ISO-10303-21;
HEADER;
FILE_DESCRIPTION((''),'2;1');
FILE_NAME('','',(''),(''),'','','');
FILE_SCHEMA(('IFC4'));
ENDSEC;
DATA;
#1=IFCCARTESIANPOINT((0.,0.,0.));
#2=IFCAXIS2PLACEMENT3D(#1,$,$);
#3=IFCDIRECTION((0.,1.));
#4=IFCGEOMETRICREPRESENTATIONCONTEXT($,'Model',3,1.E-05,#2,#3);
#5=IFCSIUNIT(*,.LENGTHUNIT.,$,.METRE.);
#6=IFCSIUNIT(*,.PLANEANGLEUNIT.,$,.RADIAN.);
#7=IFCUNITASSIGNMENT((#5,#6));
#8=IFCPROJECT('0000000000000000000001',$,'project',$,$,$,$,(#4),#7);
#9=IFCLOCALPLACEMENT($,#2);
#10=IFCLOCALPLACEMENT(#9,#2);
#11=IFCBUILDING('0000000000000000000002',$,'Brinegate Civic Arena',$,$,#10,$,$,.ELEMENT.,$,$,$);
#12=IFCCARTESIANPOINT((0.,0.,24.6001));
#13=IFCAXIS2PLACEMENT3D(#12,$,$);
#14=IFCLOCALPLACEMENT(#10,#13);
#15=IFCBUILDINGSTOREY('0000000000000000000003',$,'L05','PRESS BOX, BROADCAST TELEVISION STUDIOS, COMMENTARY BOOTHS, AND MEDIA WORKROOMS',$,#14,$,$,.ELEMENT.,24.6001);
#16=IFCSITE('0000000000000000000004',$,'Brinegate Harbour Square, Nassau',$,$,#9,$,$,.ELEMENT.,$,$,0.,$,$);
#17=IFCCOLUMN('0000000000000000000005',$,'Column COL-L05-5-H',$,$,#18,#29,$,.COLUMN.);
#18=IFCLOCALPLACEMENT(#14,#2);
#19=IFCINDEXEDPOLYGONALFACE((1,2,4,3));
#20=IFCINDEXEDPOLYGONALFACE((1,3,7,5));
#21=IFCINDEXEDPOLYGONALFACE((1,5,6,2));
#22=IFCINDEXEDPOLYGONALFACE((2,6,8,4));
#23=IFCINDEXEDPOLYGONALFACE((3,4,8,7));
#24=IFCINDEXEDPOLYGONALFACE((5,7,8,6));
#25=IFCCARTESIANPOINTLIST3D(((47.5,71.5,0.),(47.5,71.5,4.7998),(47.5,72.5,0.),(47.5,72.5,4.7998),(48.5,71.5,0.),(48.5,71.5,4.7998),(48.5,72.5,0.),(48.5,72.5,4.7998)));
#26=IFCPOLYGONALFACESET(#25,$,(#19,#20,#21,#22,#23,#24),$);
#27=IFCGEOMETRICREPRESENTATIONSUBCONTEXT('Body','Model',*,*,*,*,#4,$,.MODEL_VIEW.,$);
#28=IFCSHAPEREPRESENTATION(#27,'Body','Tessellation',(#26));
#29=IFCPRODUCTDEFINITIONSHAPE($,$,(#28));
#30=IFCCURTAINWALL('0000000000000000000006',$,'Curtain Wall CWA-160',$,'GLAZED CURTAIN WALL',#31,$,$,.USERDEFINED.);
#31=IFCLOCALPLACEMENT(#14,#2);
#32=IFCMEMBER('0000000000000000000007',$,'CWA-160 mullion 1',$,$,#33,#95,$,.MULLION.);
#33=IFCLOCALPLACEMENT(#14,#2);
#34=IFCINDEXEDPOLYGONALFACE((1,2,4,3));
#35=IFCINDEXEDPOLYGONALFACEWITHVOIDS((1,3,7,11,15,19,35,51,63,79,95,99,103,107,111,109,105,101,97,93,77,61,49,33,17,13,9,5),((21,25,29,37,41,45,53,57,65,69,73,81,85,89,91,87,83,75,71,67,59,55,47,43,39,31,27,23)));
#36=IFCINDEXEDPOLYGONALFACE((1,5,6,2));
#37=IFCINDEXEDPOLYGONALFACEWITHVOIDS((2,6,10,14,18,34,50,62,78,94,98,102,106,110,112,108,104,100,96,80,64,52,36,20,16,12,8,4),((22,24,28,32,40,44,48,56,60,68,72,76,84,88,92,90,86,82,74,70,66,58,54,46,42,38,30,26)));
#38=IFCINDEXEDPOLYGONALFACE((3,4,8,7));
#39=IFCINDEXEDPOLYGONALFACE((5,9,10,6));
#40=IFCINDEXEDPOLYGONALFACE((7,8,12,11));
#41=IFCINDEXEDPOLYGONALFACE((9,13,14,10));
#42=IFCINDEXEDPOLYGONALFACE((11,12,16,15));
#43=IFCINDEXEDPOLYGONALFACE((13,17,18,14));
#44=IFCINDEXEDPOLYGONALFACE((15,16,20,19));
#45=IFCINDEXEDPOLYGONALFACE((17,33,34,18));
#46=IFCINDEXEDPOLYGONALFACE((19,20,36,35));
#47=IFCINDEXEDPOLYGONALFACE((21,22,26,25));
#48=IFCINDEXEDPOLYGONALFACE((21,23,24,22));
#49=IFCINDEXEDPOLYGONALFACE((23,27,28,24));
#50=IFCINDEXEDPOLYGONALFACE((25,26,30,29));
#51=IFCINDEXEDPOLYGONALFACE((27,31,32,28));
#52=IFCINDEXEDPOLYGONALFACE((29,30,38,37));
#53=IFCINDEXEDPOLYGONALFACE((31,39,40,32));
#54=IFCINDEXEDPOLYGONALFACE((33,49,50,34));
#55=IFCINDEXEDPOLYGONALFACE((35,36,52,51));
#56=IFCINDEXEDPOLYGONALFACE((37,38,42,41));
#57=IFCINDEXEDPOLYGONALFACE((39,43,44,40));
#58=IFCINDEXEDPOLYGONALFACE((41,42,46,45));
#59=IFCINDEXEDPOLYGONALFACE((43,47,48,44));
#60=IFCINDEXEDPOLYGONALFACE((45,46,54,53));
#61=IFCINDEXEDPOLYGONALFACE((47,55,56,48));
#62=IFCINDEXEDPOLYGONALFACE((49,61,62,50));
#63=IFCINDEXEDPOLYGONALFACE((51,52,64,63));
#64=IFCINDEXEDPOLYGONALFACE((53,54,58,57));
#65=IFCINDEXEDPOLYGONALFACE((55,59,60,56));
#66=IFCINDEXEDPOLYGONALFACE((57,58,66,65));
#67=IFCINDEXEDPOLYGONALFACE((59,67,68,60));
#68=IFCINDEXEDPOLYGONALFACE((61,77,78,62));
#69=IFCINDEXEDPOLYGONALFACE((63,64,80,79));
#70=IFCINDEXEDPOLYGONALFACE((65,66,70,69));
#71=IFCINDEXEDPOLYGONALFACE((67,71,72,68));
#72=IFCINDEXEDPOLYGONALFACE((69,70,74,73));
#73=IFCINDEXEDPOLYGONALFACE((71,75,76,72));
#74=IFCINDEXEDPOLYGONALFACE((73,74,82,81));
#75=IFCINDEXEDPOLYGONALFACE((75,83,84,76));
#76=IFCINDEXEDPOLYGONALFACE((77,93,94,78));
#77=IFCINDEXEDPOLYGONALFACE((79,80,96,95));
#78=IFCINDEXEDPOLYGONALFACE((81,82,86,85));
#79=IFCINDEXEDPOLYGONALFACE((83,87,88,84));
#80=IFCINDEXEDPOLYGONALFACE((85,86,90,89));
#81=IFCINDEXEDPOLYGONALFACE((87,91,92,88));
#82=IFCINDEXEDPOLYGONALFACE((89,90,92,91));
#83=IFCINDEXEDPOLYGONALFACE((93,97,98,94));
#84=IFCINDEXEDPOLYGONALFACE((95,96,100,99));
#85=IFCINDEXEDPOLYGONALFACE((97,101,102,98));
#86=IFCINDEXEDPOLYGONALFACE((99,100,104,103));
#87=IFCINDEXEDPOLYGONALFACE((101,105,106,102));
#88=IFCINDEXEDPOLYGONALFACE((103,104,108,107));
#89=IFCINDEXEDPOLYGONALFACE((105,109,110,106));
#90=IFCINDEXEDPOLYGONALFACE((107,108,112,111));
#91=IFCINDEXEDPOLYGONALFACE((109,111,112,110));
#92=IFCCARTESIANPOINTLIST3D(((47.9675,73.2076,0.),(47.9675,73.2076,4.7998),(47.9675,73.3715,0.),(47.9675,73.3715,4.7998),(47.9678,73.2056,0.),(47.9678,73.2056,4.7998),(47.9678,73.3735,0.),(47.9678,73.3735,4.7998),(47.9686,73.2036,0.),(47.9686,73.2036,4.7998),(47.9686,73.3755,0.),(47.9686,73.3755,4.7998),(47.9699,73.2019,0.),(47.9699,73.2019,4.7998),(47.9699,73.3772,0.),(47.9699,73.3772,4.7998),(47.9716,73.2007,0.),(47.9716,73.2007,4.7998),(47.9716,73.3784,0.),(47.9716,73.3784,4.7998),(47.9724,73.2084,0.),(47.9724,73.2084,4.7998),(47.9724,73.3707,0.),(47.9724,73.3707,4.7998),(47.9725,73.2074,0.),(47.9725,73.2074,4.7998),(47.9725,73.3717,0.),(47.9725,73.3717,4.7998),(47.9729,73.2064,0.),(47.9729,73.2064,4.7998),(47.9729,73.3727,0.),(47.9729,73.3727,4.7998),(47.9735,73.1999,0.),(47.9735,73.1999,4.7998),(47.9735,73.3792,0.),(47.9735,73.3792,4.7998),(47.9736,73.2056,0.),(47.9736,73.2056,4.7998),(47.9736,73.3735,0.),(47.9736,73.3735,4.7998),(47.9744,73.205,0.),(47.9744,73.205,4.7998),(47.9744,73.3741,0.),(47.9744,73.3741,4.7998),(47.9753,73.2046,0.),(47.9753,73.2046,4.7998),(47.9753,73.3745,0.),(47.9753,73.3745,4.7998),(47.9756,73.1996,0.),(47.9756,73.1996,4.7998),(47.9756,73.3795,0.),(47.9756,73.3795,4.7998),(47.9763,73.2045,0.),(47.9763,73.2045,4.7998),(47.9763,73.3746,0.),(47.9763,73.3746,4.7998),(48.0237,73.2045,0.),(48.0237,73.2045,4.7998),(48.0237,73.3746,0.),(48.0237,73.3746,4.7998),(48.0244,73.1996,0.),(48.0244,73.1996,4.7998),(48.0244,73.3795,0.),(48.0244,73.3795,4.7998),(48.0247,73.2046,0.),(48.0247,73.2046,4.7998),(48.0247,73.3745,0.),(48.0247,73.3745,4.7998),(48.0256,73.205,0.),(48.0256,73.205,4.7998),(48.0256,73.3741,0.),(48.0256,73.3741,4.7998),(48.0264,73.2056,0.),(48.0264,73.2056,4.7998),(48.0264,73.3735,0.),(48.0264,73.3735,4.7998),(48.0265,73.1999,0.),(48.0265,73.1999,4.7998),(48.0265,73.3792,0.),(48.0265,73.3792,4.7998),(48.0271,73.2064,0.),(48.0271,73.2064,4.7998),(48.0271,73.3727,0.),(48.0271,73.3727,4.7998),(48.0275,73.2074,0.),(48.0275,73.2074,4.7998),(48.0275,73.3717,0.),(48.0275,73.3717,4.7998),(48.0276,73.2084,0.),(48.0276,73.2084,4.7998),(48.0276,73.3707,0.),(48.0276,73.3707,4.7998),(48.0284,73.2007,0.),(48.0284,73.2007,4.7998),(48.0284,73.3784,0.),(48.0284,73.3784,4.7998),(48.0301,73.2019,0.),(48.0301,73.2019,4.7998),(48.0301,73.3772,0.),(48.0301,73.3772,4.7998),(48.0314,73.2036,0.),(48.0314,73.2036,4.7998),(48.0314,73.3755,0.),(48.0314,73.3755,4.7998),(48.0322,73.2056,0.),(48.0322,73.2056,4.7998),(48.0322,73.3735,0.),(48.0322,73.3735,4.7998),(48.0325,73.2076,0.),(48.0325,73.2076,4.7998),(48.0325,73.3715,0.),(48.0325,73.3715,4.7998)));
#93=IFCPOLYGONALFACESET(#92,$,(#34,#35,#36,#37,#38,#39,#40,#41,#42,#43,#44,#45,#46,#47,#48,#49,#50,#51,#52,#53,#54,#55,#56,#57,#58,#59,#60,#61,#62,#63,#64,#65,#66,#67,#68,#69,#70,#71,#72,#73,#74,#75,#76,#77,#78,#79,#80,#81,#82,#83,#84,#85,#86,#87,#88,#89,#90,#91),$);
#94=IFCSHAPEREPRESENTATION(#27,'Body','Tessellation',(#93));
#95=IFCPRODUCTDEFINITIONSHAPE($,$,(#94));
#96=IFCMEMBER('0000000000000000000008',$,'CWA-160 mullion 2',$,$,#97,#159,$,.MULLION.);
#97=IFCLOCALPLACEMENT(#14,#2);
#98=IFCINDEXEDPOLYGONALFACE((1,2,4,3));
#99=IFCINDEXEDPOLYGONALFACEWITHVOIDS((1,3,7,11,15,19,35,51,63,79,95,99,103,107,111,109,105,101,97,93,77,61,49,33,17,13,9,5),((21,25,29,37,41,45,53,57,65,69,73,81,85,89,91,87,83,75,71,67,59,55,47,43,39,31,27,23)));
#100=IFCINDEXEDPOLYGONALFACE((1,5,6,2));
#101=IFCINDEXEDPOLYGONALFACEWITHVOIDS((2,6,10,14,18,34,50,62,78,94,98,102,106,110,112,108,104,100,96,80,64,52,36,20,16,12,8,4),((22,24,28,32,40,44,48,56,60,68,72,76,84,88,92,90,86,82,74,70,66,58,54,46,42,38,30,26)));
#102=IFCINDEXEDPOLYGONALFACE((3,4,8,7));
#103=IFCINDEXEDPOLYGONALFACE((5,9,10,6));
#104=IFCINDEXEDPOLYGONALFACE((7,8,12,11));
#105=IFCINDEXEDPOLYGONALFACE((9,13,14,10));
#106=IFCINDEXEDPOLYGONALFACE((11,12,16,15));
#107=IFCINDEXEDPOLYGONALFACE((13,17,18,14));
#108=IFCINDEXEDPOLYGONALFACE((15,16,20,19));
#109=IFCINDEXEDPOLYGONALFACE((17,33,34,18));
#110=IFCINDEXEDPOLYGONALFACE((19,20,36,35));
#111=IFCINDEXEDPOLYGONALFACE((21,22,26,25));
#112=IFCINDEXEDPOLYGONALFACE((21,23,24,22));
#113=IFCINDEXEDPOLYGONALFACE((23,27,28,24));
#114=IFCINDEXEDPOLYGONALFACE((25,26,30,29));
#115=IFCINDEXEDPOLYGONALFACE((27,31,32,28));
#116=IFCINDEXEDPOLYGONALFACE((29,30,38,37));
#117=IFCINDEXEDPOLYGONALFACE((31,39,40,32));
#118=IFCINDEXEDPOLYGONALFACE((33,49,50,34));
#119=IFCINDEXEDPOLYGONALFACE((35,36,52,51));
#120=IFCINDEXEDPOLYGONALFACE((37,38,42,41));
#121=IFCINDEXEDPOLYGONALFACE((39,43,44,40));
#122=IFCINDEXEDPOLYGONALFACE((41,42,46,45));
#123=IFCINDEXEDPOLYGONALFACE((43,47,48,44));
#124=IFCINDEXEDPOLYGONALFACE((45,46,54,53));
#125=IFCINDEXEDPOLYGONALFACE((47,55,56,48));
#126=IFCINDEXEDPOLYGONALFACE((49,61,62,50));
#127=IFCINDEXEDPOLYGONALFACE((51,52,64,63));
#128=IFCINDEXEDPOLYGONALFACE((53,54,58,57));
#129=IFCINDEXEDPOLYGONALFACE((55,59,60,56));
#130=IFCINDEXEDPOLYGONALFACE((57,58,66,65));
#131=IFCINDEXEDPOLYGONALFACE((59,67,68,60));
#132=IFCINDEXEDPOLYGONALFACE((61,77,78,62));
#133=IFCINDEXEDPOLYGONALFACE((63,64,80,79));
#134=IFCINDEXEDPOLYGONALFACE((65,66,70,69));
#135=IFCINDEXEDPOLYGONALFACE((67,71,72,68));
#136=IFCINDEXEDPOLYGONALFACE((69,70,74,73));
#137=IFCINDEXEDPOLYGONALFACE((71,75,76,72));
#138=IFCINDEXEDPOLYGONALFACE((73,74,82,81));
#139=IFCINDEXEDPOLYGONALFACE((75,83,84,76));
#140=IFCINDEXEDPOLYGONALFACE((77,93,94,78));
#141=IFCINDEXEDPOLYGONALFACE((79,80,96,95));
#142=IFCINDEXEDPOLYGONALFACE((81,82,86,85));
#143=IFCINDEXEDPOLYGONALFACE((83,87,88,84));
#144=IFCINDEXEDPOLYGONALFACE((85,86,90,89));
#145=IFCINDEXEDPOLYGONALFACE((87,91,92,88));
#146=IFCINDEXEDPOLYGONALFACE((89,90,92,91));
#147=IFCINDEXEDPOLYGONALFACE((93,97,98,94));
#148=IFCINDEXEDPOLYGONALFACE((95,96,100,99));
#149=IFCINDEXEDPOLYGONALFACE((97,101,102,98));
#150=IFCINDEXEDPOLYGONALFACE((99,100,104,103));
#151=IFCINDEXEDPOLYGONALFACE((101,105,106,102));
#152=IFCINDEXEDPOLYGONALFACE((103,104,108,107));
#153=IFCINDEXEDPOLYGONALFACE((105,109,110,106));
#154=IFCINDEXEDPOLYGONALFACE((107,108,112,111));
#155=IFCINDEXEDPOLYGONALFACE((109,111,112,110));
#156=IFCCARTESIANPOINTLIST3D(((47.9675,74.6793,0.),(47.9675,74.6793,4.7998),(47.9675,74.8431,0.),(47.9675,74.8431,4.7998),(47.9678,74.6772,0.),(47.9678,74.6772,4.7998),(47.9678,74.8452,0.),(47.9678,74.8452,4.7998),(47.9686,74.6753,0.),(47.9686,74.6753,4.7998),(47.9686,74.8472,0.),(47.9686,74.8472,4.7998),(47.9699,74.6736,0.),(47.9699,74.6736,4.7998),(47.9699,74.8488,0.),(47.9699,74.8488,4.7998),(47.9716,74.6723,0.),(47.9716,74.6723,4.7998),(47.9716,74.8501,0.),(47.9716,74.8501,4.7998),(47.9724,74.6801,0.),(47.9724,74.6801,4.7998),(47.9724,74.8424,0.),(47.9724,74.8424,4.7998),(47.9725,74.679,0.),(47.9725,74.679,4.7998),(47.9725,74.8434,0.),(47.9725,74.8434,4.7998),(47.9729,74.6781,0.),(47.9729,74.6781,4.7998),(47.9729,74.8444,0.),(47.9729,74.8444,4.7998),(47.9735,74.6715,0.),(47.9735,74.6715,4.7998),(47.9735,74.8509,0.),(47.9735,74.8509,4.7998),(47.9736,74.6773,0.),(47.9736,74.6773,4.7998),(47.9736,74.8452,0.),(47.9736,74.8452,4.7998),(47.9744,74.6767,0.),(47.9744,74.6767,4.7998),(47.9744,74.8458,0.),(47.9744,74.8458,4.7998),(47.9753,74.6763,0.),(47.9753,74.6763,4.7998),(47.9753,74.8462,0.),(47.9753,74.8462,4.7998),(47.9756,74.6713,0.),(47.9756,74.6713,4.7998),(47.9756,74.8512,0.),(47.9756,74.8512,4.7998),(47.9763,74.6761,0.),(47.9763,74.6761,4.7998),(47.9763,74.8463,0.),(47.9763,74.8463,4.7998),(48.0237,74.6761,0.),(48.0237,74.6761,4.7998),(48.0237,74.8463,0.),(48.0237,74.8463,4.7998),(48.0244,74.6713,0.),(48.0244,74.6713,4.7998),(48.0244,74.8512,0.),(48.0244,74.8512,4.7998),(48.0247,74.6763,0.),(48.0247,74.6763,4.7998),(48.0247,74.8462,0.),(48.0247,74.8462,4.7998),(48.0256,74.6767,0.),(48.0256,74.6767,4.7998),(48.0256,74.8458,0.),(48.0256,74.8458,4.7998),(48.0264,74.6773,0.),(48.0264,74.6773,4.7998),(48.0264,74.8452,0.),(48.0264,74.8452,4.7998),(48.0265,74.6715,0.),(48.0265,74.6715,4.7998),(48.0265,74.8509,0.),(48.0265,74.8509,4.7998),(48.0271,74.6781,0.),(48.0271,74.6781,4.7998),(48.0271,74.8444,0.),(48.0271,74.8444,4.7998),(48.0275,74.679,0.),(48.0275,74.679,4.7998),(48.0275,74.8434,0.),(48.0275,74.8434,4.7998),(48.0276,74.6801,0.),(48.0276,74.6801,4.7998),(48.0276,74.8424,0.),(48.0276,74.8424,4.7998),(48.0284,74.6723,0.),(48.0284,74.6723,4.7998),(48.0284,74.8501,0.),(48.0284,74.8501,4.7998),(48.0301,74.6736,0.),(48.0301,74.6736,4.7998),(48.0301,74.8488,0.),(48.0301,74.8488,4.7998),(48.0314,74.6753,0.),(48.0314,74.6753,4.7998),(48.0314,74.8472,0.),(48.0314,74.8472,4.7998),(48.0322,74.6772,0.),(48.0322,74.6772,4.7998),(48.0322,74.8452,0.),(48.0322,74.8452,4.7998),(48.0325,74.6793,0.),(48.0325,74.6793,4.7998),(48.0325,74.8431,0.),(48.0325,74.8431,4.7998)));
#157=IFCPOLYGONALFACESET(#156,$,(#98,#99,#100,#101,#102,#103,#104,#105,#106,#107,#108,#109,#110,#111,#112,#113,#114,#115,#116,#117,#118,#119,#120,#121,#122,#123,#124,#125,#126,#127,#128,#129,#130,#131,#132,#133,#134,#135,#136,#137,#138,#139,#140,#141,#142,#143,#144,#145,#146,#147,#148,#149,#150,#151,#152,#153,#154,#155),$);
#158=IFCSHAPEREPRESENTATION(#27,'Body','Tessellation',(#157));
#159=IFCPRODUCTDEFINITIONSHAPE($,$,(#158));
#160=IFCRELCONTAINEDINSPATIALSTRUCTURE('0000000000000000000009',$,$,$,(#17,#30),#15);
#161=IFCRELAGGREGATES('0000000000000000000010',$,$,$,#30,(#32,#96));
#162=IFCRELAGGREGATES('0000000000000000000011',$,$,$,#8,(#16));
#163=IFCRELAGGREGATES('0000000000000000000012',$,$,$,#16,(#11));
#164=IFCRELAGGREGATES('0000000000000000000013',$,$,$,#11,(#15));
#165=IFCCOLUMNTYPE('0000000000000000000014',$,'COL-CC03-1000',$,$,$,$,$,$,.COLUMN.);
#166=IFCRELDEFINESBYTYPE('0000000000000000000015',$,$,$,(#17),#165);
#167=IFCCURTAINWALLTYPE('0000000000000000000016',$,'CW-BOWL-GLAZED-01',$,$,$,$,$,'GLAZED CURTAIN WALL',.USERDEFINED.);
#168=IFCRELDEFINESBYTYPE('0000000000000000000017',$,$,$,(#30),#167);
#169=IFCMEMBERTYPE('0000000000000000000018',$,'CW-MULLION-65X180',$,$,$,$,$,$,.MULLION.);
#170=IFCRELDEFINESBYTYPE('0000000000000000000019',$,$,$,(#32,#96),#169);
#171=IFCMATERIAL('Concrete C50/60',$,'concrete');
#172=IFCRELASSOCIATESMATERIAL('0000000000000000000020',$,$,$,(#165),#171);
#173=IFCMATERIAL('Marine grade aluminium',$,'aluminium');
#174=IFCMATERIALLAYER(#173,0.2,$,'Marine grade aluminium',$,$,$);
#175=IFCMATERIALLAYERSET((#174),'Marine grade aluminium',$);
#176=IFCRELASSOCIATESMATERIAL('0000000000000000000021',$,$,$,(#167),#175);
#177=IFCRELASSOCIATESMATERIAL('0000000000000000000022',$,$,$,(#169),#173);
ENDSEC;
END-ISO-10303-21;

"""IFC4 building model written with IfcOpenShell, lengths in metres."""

from ifc_helpers import new_model, si_unit, direction, frame, origin, origin_2d, place, context, subcontext, project, spatial, rectangle, hollow_rectangle, extrude, material, layer, layer_set, material_profile, profile_set, type_object, element, aggregate, save


model = new_model("IFC4")

# Units and contexts
model_context = context("Model", 3, precision=1e-05, world=origin(), true_north=direction((0.0, 1.0)))
body_context = subcontext(model_context, "Body", "Model", "MODEL_VIEW")
ifc_project = project(units=[si_unit("LENGTHUNIT", "METRE"), si_unit("PLANEANGLEUNIT", "RADIAN")], contexts=[model_context])

# Site, building, storey
site_placement = place(None, origin())
site = spatial("IfcSite", under=ifc_project, at=site_placement, Name="Brinegate Harbour Square, Nassau", CompositionType="ELEMENT", RefElevation=0.0)
building_placement = place(site_placement, origin())
building = spatial("IfcBuilding", under=site, at=building_placement, Name="Brinegate Civic Arena", CompositionType="ELEMENT")
storey_placement = place(building_placement, frame((0.0, 0.0, 24.6001)))
storey = spatial("IfcBuildingStorey", under=building, at=storey_placement, Name="L05", Description="PRESS BOX, BROADCAST TELEVISION STUDIOS, COMMENTARY BOOTHS, AND MEDIA WORKROOMS", CompositionType="ELEMENT", Elevation=24.6001)

# Column
ifc_material_1 = material(Name="Concrete C50/60", Category="concrete")
ifc_material_profile_1 = material_profile(ifc_material_1, rectangle(XDim=1.0, YDim=1.0, at=origin_2d()), Name="RC1000X1000")
ifc_profile_set_1 = profile_set([ifc_material_profile_1], Name="Concrete C50/60")
column_type = type_object("IfcColumnType", Name="COL-CC03-1000", PredefinedType="COLUMN", material=ifc_profile_set_1)
column_placement = place(storey_placement, frame((48.0, 72.0, 0.0), z_axis=(0.0, 0.0, 1.0), x_axis=(1.0, 0.0, 0.0)))
element("IfcColumn", 1, at=column_placement, inside=storey, type_object=column_type, Name="Column COL-L05-5-H", PredefinedType="COLUMN", context=body_context, shape_type="SweptSolid", body=[
    extrude(rectangle(XDim=1.0, YDim=1.0, at=origin_2d()), origin(), (0.0, 0.0, 1.0), 4.7998),
])

# Curtain wall, members
ifc_material_2 = material(Name="Marine grade aluminium", Category="aluminium")
ifc_layer_1 = layer(ifc_material_2, 0.2, Name="Marine grade aluminium")
ifc_layer_set_1 = layer_set([ifc_layer_1], Name="Marine grade aluminium")
curtain_wall_type = type_object("IfcCurtainWallType", Name="CW-BOWL-GLAZED-01", ElementType="GLAZED CURTAIN WALL", PredefinedType="USERDEFINED", material=ifc_layer_set_1)
curtain_wall_1_placement = place(storey_placement, origin())
curtain_wall_1 = element("IfcCurtainWall", 2, at=curtain_wall_1_placement, inside=storey, type_object=curtain_wall_type, Name="Curtain Wall CWA-160", ObjectType="GLAZED CURTAIN WALL", PredefinedType="USERDEFINED")
ifc_material_profile_2 = material_profile(ifc_material_2, hollow_rectangle(XDim=0.0649, YDim=0.1799, WallThickness=0.0049, InnerFilletRadius=0.0039, OuterFilletRadius=0.0081, at=origin_2d()), Name="MUL65X180")
ifc_profile_set_2 = profile_set([ifc_material_profile_2], Name="Marine grade aluminium")
member_type_1 = type_object("IfcMemberType", Name="CW-MULLION-65X180", PredefinedType="MULLION", material=ifc_profile_set_2)
member_1_placement = place(storey_placement, frame((48.0, 73.2896, 0.0), z_axis=(0.0, 0.0, 1.0), x_axis=(-1.0, 0.0, 0.0)))
member_1 = element("IfcMember", 3, at=member_1_placement, type_object=member_type_1, Name="CWA-160 mullion 1", PredefinedType="MULLION", context=body_context, shape_type="SweptSolid", body=[
    extrude(hollow_rectangle(XDim=0.0649, YDim=0.1799, WallThickness=0.0049, InnerFilletRadius=0.0039, OuterFilletRadius=0.0081, at=origin_2d()), origin(), (0.0, 0.0, 1.0), 4.7998),
])
member_2_placement = place(storey_placement, frame((48.0, 74.7612, 0.0), z_axis=(0.0, 0.0, 1.0), x_axis=(-1.0, 0.0, 0.0)))
member_2 = element("IfcMember", 4, at=member_2_placement, type_object=member_type_1, Name="CWA-160 mullion 2", PredefinedType="MULLION", context=body_context, shape_type="SweptSolid", body=[
    extrude(hollow_rectangle(XDim=0.0649, YDim=0.1799, WallThickness=0.0049, InnerFilletRadius=0.0039, OuterFilletRadius=0.0081, at=origin_2d()), origin(), (0.0, 0.0, 1.0), 4.7998),
])

aggregate(curtain_wall_1, [member_1, member_2])

save(model, "model.ifc")
